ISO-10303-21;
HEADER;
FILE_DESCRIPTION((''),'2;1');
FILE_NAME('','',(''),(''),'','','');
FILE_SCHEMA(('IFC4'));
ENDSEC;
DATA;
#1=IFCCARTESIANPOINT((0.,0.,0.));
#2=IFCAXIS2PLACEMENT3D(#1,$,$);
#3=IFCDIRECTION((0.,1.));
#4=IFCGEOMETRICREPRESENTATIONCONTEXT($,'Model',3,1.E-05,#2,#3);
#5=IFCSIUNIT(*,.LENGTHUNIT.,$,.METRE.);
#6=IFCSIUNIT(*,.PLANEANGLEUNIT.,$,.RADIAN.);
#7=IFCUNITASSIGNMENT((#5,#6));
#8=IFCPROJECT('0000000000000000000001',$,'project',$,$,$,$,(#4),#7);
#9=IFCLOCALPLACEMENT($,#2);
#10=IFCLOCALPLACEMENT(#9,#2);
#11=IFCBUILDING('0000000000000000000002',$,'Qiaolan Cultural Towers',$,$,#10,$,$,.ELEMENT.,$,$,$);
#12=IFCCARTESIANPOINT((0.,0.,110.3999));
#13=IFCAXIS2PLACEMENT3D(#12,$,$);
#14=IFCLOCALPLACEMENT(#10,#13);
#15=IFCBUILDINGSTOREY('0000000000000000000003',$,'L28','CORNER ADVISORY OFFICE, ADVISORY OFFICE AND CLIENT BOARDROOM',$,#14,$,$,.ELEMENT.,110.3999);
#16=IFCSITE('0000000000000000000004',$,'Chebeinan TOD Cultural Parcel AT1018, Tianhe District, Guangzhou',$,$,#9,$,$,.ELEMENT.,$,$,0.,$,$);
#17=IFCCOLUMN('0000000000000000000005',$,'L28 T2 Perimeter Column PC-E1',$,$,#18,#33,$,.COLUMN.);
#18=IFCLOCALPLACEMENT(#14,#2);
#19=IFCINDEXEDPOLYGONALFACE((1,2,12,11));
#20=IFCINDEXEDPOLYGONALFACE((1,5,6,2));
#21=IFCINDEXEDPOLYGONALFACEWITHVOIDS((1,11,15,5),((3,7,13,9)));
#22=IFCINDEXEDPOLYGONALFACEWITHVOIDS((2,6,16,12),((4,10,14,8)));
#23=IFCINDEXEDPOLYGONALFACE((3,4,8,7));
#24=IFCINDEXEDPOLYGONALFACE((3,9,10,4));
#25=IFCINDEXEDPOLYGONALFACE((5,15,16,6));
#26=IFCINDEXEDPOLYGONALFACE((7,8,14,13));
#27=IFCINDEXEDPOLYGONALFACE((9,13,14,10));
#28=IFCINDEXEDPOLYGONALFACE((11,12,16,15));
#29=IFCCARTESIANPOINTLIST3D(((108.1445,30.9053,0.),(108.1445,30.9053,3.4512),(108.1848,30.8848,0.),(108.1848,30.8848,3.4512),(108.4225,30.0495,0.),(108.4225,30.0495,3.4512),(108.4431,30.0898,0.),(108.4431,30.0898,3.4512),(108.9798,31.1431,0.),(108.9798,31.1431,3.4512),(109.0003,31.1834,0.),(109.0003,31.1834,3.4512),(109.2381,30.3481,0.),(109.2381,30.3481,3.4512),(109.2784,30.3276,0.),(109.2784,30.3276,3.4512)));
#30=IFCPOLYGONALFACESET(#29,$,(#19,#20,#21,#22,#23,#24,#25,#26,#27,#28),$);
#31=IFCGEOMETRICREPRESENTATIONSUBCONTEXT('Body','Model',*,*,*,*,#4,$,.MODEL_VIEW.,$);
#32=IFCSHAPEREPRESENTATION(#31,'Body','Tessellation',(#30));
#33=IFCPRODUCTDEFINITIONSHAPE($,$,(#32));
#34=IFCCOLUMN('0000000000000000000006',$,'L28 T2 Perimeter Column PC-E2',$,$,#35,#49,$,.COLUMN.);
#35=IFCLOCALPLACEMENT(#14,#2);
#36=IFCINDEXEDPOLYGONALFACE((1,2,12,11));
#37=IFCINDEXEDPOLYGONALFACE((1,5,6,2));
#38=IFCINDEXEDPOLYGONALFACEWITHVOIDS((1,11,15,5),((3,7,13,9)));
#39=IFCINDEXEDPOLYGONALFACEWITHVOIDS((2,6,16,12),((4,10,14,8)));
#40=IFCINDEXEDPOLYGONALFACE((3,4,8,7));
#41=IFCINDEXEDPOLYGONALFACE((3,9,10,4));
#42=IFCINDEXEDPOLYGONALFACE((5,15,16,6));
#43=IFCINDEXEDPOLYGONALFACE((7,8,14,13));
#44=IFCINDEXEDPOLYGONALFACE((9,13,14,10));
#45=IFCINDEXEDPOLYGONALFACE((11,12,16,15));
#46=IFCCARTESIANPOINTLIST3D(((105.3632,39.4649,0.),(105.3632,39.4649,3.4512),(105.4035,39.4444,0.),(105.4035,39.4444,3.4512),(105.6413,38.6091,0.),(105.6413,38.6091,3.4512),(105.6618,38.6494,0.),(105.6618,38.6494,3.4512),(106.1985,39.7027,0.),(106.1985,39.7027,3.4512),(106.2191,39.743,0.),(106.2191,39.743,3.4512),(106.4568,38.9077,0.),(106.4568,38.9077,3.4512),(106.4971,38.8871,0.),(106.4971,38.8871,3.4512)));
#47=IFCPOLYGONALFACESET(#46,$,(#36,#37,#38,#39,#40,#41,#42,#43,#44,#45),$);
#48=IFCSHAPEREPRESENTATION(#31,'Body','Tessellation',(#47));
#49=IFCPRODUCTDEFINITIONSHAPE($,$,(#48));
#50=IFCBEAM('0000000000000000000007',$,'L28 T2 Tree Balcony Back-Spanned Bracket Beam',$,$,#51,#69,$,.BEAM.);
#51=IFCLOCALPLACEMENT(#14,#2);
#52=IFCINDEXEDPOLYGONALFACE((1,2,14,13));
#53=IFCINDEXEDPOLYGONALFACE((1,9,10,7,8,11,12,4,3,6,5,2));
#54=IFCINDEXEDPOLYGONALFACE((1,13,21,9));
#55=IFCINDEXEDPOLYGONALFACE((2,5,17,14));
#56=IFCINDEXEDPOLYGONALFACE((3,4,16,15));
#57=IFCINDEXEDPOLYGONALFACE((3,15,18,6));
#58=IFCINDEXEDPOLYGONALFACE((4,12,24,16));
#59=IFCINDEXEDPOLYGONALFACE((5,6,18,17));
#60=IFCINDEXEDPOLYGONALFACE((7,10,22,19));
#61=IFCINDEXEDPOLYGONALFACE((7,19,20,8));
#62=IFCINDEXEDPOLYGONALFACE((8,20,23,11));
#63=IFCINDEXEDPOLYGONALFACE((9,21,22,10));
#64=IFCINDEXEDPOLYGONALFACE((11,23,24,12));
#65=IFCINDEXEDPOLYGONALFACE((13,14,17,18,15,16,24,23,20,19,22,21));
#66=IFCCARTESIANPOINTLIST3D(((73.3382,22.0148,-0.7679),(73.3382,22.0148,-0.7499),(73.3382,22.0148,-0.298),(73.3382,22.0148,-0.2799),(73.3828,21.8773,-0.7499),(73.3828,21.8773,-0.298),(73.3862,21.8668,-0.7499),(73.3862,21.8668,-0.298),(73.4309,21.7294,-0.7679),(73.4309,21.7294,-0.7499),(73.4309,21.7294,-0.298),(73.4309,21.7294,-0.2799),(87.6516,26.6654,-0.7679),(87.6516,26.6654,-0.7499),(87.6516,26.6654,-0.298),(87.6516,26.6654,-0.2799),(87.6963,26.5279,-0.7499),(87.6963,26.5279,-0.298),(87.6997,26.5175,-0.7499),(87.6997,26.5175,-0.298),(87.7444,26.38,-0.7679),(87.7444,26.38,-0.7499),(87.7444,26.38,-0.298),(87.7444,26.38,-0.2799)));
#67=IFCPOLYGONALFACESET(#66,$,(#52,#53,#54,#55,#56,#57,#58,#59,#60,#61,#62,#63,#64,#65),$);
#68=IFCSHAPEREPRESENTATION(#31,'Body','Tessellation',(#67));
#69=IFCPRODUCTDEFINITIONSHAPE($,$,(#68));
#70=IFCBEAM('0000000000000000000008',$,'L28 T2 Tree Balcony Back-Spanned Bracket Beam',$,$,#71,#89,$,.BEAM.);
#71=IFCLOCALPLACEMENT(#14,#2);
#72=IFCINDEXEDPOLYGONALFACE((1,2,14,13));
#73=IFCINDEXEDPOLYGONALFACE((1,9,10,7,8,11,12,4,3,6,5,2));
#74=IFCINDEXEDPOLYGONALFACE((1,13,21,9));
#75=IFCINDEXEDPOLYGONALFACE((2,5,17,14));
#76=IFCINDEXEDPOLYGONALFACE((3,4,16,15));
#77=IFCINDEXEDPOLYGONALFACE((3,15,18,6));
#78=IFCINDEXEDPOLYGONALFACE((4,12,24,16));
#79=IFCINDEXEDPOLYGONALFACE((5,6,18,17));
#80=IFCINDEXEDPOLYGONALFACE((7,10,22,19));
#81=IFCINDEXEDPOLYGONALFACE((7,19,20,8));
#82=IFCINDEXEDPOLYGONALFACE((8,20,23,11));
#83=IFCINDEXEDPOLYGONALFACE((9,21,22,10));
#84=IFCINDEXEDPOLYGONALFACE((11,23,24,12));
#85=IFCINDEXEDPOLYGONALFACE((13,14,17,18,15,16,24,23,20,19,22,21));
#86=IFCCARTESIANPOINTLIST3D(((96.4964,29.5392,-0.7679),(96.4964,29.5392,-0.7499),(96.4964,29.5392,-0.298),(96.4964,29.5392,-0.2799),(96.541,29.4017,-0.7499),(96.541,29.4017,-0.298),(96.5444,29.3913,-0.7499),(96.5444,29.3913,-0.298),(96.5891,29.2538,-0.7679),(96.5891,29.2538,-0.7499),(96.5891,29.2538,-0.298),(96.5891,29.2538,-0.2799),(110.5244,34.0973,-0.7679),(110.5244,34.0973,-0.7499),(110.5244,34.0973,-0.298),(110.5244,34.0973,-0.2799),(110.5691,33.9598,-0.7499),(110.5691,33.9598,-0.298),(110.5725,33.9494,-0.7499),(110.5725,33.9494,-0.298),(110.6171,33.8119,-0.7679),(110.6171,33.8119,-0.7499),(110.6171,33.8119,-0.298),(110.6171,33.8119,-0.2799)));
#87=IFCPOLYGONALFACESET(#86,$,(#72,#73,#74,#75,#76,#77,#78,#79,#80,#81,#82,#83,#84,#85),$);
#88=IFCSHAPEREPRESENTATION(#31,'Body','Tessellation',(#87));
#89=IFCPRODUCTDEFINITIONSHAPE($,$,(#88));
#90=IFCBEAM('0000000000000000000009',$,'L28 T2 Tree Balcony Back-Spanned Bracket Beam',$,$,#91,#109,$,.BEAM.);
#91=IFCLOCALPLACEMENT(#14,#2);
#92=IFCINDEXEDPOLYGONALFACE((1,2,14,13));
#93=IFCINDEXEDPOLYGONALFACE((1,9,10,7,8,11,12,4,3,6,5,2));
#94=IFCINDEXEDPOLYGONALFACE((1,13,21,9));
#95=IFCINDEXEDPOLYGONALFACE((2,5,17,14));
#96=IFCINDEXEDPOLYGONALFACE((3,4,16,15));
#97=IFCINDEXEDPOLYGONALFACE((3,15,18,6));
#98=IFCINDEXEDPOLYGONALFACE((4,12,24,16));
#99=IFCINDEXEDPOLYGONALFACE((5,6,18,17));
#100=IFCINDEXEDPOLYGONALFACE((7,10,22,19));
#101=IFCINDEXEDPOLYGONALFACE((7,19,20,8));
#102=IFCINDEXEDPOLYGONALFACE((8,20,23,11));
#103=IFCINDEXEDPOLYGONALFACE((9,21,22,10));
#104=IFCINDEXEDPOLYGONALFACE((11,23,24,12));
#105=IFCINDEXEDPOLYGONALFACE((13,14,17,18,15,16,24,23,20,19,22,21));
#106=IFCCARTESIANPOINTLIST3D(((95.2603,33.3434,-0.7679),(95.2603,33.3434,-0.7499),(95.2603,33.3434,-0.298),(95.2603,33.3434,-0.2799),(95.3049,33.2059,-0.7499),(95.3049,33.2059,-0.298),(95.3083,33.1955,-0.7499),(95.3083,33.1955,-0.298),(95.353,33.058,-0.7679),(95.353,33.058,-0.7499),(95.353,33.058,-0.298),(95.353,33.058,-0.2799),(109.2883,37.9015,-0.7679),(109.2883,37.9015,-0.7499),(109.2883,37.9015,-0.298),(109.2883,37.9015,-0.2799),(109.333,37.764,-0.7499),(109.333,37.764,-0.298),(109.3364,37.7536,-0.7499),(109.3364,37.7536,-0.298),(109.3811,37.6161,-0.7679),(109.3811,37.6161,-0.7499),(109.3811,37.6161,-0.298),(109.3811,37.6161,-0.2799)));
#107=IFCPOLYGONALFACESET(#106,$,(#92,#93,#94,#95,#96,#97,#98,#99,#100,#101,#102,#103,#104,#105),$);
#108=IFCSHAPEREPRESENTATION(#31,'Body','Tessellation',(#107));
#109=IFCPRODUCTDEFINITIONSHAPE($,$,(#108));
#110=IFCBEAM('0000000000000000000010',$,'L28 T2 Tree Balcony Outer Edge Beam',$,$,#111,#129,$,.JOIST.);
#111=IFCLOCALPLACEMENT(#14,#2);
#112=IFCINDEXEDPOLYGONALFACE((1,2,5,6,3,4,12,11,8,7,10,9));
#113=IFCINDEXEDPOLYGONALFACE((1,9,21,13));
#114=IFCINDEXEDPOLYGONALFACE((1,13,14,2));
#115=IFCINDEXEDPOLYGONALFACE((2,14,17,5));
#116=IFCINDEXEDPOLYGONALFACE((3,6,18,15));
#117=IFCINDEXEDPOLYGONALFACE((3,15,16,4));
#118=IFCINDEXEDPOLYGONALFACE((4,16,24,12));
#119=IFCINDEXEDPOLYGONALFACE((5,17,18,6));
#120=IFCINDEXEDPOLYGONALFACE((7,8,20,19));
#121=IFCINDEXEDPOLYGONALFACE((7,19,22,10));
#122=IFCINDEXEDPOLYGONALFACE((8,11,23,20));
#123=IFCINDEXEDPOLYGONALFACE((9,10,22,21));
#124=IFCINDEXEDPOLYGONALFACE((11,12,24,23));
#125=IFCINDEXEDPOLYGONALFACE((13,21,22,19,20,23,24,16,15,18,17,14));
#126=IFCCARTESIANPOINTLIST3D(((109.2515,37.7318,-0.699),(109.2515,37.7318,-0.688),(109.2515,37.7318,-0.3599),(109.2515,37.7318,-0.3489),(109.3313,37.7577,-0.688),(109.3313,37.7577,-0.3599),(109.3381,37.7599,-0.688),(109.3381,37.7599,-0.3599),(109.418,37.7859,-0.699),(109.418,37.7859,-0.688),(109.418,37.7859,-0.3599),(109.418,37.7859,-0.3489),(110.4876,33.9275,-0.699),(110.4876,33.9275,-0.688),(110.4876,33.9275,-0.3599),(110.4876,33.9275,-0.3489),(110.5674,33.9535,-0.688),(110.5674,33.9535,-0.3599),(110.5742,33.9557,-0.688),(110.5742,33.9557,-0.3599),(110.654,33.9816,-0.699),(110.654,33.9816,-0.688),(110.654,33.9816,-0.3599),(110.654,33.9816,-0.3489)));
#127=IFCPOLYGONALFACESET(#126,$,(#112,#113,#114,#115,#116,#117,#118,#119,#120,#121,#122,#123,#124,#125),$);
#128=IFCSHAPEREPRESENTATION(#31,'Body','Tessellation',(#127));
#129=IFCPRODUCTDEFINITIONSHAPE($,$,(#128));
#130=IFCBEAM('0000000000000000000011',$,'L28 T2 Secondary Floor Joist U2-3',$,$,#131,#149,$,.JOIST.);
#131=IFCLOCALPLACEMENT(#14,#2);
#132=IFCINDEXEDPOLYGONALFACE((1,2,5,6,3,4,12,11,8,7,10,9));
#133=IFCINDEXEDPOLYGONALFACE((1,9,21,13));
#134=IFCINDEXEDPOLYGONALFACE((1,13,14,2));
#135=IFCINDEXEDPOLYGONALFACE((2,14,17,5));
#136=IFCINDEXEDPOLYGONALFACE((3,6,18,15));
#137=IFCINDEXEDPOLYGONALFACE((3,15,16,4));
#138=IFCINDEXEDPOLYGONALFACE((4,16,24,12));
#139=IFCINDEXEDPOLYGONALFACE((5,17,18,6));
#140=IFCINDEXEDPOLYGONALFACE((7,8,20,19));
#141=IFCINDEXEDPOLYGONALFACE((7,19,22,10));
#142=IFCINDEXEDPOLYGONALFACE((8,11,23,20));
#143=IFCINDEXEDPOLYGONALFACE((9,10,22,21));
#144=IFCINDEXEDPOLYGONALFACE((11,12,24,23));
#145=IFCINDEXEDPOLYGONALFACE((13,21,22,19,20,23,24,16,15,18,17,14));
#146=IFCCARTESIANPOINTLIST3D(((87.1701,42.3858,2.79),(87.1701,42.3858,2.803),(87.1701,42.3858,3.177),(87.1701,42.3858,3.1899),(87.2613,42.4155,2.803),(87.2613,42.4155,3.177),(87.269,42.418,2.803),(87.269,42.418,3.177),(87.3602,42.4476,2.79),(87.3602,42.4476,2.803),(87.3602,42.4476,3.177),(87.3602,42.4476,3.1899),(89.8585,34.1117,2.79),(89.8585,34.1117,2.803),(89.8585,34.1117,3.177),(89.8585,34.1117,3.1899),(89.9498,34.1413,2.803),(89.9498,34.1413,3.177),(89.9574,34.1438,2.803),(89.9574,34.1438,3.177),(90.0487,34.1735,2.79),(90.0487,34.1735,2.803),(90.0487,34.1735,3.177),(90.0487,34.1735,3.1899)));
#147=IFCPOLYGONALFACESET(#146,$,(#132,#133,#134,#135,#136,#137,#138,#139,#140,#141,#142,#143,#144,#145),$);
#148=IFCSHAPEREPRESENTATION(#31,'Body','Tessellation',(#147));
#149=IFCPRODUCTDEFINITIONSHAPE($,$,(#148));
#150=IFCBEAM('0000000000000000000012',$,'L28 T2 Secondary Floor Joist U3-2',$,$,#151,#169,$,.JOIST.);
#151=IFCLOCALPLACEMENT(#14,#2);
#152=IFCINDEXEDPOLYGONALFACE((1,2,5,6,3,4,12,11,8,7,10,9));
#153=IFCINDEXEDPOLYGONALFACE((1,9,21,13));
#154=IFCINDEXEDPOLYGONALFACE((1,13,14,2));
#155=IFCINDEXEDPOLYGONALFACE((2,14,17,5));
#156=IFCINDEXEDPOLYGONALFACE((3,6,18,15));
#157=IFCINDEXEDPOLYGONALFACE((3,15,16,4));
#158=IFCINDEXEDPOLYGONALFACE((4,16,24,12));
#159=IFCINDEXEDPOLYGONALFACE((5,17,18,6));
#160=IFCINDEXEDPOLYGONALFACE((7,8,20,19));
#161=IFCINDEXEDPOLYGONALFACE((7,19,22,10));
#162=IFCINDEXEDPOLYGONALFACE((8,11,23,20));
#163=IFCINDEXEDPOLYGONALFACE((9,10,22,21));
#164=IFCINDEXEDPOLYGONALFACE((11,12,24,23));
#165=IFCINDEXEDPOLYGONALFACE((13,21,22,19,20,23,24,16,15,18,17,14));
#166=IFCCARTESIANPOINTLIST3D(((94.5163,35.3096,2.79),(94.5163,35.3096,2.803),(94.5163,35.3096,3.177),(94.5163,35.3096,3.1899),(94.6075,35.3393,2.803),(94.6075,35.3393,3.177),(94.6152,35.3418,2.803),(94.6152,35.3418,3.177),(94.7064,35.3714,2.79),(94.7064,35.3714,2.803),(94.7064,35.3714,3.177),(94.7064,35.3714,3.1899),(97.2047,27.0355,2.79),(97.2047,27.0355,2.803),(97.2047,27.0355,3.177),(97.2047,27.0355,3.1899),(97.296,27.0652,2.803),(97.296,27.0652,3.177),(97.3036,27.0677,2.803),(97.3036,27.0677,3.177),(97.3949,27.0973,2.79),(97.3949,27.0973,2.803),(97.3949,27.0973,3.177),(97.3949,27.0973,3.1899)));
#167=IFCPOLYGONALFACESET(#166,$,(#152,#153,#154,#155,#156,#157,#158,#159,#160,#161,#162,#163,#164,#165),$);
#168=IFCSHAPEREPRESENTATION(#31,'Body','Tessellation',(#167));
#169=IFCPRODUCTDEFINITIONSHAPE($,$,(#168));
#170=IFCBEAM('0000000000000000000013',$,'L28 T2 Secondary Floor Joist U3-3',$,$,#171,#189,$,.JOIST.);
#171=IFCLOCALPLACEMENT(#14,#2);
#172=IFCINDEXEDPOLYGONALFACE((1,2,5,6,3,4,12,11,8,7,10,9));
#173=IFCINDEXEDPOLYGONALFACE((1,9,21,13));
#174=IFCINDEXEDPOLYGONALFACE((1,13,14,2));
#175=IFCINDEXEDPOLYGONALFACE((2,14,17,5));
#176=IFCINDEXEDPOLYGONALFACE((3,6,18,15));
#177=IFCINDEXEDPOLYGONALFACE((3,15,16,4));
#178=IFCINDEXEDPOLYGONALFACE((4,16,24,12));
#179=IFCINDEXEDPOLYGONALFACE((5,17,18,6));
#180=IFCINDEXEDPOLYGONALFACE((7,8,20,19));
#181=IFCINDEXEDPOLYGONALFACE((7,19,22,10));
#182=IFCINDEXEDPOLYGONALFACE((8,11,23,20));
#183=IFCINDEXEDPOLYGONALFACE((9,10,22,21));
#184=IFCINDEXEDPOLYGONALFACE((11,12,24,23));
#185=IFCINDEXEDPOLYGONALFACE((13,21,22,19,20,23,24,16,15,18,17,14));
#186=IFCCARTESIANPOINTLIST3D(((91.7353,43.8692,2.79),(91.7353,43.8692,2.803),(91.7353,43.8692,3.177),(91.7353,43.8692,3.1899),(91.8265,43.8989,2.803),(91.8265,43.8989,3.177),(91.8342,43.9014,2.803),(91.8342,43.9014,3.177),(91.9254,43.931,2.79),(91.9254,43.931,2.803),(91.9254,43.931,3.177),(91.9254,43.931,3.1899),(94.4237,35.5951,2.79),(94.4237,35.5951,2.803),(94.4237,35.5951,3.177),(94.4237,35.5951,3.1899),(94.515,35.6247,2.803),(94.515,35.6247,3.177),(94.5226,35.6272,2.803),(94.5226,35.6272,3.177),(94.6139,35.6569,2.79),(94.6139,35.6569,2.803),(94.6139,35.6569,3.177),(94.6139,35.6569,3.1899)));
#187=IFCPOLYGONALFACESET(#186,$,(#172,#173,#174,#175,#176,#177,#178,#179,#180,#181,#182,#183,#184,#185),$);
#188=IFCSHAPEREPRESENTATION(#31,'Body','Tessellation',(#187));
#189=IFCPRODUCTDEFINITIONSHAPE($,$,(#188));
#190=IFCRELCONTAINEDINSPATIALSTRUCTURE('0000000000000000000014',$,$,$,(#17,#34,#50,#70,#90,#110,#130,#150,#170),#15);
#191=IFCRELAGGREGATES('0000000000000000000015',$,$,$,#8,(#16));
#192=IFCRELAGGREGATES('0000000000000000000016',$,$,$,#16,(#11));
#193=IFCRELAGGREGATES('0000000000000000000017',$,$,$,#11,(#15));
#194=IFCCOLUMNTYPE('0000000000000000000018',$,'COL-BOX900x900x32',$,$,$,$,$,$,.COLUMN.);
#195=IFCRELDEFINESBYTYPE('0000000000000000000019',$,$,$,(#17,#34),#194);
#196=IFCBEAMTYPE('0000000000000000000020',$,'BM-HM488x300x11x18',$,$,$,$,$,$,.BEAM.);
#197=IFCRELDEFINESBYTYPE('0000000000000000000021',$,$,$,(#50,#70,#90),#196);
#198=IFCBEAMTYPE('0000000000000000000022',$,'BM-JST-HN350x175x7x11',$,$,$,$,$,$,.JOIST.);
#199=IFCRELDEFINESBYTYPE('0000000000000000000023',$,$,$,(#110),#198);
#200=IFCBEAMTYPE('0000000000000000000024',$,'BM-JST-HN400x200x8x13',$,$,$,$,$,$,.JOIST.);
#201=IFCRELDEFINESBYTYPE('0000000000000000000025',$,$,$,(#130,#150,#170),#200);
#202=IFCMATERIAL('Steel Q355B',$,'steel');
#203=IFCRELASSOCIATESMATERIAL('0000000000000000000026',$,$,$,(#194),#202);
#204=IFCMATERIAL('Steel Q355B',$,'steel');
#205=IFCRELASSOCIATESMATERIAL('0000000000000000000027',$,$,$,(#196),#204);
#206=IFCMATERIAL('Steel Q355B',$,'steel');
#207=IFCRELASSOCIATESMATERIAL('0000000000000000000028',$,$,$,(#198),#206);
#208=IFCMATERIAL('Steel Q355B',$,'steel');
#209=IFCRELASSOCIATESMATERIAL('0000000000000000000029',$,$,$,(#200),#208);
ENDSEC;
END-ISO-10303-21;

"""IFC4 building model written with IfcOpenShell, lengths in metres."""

from ifc_helpers import new_model, si_unit, direction, frame, origin, origin_2d, place, context, subcontext, project, spatial, hollow_rectangle, i_section, extrude, material, material_profile, profile_set, type_object, element, save


model = new_model("IFC4")

# Units and contexts
model_context = context("Model", 3, precision=1e-05, world=origin(), true_north=direction((0.0, 1.0)))
body_context = subcontext(model_context, "Body", "Model", "MODEL_VIEW")
ifc_project = project(units=[si_unit("LENGTHUNIT", "METRE"), si_unit("PLANEANGLEUNIT", "RADIAN")], contexts=[model_context])

# Site, building, storey
site_placement = place(None, origin())
site = spatial("IfcSite", under=ifc_project, at=site_placement, Name="Chebeinan TOD Cultural Parcel AT1018, Tianhe District, Guangzhou", CompositionType="ELEMENT", RefElevation=0.0)
building_placement = place(site_placement, origin())
building = spatial("IfcBuilding", under=site, at=building_placement, Name="Qiaolan Cultural Towers", CompositionType="ELEMENT")
storey_placement = place(building_placement, frame((0.0, 0.0, 110.3999)))
storey = spatial("IfcBuildingStorey", under=building, at=storey_placement, Name="L28", Description="CORNER ADVISORY OFFICE, ADVISORY OFFICE AND CLIENT BOARDROOM", CompositionType="ELEMENT", Elevation=110.3999)

# Columns
ifc_material_1 = material(Name="Steel Q355B", Category="steel")
ifc_material_profile_1 = material_profile(ifc_material_1, hollow_rectangle(XDim=0.8999, YDim=0.8999, WallThickness=0.032, at=origin_2d()), Name="BOX900x900x32")
ifc_profile_set_1 = profile_set([ifc_material_profile_1], Name="Steel Q355B")
column_type = type_object("IfcColumnType", Name="COL-BOX900x900x32", PredefinedType="COLUMN", material=ifc_profile_set_1)
for number, where, z_axis, x_axis, name in (
    (1, (108.7114, 30.6165, 0.0), (0.0, 0.0, 1.0), (0.951057, 0.309017, 0.0), "L28 T2 Perimeter Column PC-E1"),
    (2, (105.9302, 39.176, 0.0), (0.0, 0.0, 1.0), (0.951057, 0.309017, 0.0), "L28 T2 Perimeter Column PC-E2"),
):
    element("IfcColumn", number, at=place(storey_placement, frame(where, z_axis=z_axis, x_axis=x_axis)), inside=storey, type_object=column_type, Name=name, PredefinedType="COLUMN", context=body_context, shape_type="SweptSolid", body=[
        extrude(hollow_rectangle(XDim=0.8999, YDim=0.8999, WallThickness=0.032, at=origin_2d()), origin(), (0.0, 0.0, 1.0), 3.4512),
    ])

# Beams
ifc_material_2 = material(Name="Steel Q355B", Category="steel")
ifc_material_profile_2 = material_profile(ifc_material_2, i_section(OverallWidth=0.3, OverallDepth=0.488, WebThickness=0.011, FlangeThickness=0.0181, at=origin_2d()), Name="HM488x300x11x18")
ifc_profile_set_2 = profile_set([ifc_material_profile_2], Name="Steel Q355B")
beam_type_1 = type_object("IfcBeamType", Name="BM-HM488x300x11x18", PredefinedType="BEAM", material=ifc_profile_set_2)
beam_1_placement = place(storey_placement, frame((87.698, 26.5227, -0.5239), z_axis=(-0.951058, -0.309011, 0.0), x_axis=(0.309011, -0.951058, 0.0)))
element("IfcBeam", 3, at=beam_1_placement, inside=storey, type_object=beam_type_1, Name="L28 T2 Tree Balcony Back-Spanned Bracket Beam", PredefinedType="BEAM", context=body_context, shape_type="SweptSolid", body=[
    extrude(i_section(OverallWidth=0.3, OverallDepth=0.488, WebThickness=0.011, FlangeThickness=0.0181, at=origin_2d()), origin(), (0.0, 0.0, 1.0), 15.05),
])
for number, where, z_axis, x_axis, name in (
    (4, (96.5427, 29.3965, -0.5239), (0.951054, 0.309024, 0.0), (-0.309024, 0.951054, 0.0), "L28 T2 Tree Balcony Back-Spanned Bracket Beam"),
    (5, (95.3066, 33.2007, -0.5239), (0.951054, 0.309024, 0.0), (-0.309024, 0.951054, 0.0), "L28 T2 Tree Balcony Back-Spanned Bracket Beam"),
):
    element("IfcBeam", number, at=place(storey_placement, frame(where, z_axis=z_axis, x_axis=x_axis)), inside=storey, type_object=beam_type_1, Name=name, PredefinedType="BEAM", context=body_context, shape_type="SweptSolid", body=[
        extrude(i_section(OverallWidth=0.3, OverallDepth=0.488, WebThickness=0.011, FlangeThickness=0.0181, at=origin_2d()), origin(), (0.0, 0.0, 1.0), 14.75),
    ])
ifc_material_3 = material(Name="Steel Q355B", Category="steel")
ifc_material_profile_3 = material_profile(ifc_material_3, i_section(OverallWidth=0.175, OverallDepth=0.3501, WebThickness=0.0071, FlangeThickness=0.011, at=origin_2d()), Name="HN350x175x7x11")
ifc_profile_set_3 = profile_set([ifc_material_profile_3], Name="Steel Q355B")
beam_type_2 = type_object("IfcBeamType", Name="BM-JST-HN350x175x7x11", PredefinedType="JOIST", material=ifc_profile_set_3)
beam_2_placement = place(storey_placement, frame((110.5708, 33.9546, -0.5239), z_axis=(-0.309023, 0.951055, 0.0), x_axis=(-0.951055, -0.309023, 0.0)))
element("IfcBeam", 6, at=beam_2_placement, inside=storey, type_object=beam_type_2, Name="L28 T2 Tree Balcony Outer Edge Beam", PredefinedType="JOIST", context=body_context, shape_type="SweptSolid", body=[
    extrude(i_section(OverallWidth=0.175, OverallDepth=0.3501, WebThickness=0.0071, FlangeThickness=0.011, at=origin_2d()), origin(), (0.0, 0.0, 1.0), 4.0),
])
ifc_material_4 = material(Name="Steel Q355B", Category="steel")
ifc_material_profile_4 = material_profile(ifc_material_4, i_section(OverallWidth=0.2, OverallDepth=0.3999, WebThickness=0.0081, FlangeThickness=0.0129, at=origin_2d()), Name="HN400x200x8x13")
ifc_profile_set_4 = profile_set([ifc_material_profile_4], Name="Steel Q355B")
beam_type_3 = type_object("IfcBeamType", Name="BM-JST-HN400x200x8x13", PredefinedType="JOIST", material=ifc_profile_set_4)
for number, where, z_axis, x_axis, name in (
    (7, (89.9536, 34.1426, 2.99), (-0.309021, 0.951055, 0.0), (-0.951055, -0.309021, 0.0), "L28 T2 Secondary Floor Joist U2-3"),
    (8, (97.2998, 27.0664, 2.99), (-0.309021, 0.951055, 0.0), (-0.951055, -0.309021, 0.0), "L28 T2 Secondary Floor Joist U3-2"),
    (9, (94.5188, 35.626, 2.99), (-0.309021, 0.951055, 0.0), (-0.951055, -0.309021, 0.0), "L28 T2 Secondary Floor Joist U3-3"),
):
    element("IfcBeam", number, at=place(storey_placement, frame(where, z_axis=z_axis, x_axis=x_axis)), inside=storey, type_object=beam_type_3, Name=name, PredefinedType="JOIST", context=body_context, shape_type="SweptSolid", body=[
        extrude(i_section(OverallWidth=0.2, OverallDepth=0.3999, WebThickness=0.0081, FlangeThickness=0.0129, at=origin_2d()), origin(), (0.0, 0.0, 1.0), 8.7),
    ])

save(model, "model.ifc")
